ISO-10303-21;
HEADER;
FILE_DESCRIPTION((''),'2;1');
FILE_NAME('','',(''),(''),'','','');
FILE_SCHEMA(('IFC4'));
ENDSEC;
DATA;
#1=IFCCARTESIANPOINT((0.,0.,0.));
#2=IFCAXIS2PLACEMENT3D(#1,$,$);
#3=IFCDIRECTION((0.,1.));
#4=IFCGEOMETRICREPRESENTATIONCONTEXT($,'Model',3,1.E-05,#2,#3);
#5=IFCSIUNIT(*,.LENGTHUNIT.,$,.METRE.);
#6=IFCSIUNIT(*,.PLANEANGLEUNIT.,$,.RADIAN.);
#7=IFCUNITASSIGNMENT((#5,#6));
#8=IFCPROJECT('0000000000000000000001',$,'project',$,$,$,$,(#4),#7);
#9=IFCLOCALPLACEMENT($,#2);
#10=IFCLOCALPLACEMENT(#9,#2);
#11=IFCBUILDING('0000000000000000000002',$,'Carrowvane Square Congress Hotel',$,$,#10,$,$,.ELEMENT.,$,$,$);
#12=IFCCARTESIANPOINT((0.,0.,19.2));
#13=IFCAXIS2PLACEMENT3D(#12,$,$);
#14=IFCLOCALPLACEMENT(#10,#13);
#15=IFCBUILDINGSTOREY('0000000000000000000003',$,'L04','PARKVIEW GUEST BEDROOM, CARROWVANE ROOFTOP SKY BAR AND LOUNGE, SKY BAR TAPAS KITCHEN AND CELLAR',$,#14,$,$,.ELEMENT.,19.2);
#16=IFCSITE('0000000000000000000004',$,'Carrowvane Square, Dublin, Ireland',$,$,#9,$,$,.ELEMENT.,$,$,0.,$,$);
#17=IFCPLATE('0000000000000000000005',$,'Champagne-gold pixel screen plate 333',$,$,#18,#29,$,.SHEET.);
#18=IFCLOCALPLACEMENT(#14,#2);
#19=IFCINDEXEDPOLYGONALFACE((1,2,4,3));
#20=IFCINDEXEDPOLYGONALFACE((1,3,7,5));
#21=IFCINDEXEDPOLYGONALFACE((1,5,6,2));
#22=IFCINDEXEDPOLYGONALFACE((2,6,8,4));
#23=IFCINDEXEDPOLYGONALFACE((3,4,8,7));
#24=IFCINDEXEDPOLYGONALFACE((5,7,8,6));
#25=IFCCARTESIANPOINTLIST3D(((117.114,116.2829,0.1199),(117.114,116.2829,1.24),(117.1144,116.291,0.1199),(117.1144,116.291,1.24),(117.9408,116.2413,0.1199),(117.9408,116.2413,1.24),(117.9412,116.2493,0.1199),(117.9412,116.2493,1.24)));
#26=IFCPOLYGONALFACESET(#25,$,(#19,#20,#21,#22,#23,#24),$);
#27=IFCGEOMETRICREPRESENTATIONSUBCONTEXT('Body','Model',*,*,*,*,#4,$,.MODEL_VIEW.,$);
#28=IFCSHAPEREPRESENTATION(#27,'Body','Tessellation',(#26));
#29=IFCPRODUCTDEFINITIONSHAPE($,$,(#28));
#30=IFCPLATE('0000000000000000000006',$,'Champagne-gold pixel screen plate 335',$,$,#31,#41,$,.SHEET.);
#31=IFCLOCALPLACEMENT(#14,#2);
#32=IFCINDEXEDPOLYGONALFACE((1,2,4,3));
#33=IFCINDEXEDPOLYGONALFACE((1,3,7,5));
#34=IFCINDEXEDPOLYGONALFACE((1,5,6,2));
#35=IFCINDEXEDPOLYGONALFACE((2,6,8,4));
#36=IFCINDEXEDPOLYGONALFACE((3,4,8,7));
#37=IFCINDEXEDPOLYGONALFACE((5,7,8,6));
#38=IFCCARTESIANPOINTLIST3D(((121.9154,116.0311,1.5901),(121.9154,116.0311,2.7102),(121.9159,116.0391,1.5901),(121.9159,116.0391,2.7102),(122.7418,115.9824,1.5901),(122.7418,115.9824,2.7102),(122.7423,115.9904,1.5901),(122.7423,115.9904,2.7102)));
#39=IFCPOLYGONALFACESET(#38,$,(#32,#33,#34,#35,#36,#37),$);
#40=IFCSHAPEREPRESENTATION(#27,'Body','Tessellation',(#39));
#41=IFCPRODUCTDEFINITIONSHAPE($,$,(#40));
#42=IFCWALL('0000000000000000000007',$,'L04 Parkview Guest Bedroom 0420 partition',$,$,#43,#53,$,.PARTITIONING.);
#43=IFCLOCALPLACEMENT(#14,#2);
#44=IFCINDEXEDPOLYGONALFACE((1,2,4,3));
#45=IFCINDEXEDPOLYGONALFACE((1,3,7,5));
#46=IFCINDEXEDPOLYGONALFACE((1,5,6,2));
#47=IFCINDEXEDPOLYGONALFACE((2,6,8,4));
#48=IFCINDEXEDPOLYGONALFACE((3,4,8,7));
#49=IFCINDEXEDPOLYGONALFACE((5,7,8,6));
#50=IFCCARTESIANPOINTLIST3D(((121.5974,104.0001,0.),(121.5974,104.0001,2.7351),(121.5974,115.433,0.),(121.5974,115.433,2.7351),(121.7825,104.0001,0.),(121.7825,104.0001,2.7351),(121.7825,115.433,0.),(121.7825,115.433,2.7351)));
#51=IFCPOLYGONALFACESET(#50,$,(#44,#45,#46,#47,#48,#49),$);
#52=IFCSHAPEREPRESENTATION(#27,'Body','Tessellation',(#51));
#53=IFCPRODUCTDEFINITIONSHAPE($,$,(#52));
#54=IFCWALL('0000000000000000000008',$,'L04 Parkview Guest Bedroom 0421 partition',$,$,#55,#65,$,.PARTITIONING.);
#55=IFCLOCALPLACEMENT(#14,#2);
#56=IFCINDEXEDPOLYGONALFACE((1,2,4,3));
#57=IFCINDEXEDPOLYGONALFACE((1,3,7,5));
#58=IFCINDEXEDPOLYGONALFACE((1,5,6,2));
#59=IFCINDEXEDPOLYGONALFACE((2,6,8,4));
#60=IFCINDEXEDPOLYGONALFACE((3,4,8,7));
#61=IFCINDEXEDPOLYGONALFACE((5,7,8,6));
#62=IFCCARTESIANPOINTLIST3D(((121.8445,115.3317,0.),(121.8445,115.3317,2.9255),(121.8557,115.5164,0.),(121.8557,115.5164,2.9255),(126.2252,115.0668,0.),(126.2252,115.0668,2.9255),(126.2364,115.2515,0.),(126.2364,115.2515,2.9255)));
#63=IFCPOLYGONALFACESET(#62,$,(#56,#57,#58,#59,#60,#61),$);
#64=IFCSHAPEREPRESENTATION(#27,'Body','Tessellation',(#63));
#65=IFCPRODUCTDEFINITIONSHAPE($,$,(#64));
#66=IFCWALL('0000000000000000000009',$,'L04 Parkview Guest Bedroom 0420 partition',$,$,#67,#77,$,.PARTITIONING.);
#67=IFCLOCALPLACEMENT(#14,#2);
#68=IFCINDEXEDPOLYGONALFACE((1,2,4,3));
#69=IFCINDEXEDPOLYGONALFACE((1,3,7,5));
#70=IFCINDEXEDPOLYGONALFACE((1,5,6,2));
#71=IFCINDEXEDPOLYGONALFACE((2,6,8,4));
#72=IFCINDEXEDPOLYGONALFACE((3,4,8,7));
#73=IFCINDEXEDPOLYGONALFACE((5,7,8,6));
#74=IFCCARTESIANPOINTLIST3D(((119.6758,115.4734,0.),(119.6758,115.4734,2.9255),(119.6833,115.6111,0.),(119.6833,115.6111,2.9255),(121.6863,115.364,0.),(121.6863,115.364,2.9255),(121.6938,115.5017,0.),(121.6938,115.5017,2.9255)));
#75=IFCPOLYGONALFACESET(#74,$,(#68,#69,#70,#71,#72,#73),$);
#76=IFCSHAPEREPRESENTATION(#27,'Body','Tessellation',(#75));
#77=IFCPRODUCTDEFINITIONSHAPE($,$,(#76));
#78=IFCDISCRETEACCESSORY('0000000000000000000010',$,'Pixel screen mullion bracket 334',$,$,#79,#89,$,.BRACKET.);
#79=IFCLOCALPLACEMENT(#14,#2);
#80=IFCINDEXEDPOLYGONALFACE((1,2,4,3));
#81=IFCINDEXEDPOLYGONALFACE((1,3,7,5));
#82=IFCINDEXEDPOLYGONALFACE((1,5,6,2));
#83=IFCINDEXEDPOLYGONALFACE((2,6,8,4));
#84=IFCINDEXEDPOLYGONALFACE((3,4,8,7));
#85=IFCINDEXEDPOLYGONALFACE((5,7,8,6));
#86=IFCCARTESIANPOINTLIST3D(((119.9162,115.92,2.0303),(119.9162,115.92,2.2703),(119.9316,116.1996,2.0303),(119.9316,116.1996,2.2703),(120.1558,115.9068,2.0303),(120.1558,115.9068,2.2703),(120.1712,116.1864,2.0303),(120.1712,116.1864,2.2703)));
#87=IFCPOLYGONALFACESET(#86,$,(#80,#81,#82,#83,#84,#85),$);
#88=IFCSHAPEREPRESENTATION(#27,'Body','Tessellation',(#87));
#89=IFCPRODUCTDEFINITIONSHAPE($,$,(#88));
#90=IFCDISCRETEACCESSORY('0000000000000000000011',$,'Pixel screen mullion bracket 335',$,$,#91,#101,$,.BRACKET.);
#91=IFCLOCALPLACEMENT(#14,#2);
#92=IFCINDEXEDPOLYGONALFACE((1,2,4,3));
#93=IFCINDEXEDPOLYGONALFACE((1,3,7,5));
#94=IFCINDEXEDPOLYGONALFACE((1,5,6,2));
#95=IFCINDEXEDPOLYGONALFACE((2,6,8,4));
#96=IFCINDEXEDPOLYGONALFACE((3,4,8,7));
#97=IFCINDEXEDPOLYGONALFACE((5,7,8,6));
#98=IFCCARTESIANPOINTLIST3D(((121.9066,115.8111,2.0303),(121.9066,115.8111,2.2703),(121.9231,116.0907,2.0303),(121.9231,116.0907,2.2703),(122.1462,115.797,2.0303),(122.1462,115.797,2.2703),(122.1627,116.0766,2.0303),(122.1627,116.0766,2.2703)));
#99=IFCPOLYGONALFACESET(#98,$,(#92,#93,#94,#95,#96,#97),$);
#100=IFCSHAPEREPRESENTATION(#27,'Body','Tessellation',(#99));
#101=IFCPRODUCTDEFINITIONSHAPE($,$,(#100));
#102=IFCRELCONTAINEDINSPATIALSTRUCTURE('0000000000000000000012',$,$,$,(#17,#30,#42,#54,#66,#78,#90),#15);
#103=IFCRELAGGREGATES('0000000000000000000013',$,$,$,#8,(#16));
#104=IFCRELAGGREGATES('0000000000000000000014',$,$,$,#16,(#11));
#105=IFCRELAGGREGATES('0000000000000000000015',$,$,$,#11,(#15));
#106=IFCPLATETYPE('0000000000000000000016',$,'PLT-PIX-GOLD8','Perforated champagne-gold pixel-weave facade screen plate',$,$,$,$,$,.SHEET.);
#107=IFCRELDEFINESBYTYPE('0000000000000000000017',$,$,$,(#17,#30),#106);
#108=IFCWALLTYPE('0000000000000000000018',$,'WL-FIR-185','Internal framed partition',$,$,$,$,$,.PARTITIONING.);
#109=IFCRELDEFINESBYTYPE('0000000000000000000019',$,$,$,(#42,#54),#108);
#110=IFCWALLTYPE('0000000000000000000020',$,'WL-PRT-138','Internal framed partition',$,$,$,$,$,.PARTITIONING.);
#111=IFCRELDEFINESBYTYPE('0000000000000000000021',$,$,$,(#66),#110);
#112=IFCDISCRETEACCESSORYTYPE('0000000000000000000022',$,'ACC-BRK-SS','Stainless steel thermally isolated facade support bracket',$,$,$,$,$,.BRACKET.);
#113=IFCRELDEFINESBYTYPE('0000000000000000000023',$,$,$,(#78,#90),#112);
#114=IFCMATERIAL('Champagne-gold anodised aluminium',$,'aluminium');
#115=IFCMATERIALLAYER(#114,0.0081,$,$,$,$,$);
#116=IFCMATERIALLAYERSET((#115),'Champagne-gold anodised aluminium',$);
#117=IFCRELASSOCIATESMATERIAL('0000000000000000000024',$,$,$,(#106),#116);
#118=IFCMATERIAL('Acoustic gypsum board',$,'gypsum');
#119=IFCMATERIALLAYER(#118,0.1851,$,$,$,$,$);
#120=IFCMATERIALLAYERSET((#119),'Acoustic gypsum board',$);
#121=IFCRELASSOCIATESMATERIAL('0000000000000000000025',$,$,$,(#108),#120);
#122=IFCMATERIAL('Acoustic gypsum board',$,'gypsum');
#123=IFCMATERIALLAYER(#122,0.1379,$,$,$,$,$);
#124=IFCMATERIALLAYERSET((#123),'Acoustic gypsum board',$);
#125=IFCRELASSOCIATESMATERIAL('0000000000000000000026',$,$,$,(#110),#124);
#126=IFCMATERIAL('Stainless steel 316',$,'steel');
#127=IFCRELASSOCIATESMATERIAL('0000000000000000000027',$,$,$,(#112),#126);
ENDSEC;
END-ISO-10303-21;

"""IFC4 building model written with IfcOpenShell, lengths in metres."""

from ifc_helpers import new_model, si_unit, direction, frame, frame_2d, origin, origin_2d, place, context, subcontext, project, spatial, rectangle, extrude, material, layer, layer_set, type_object, element, save


model = new_model("IFC4")

# Units and contexts
model_context = context("Model", 3, precision=1e-05, world=origin(), true_north=direction((0.0, 1.0)))
body_context = subcontext(model_context, "Body", "Model", "MODEL_VIEW")
ifc_project = project(units=[si_unit("LENGTHUNIT", "METRE"), si_unit("PLANEANGLEUNIT", "RADIAN")], contexts=[model_context])

# Site, building, storey
site_placement = place(None, origin())
site = spatial("IfcSite", under=ifc_project, at=site_placement, Name="Carrowvane Square, Dublin, Ireland", CompositionType="ELEMENT", RefElevation=0.0)
building_placement = place(site_placement, origin())
building = spatial("IfcBuilding", under=site, at=building_placement, Name="Carrowvane Square Congress Hotel", CompositionType="ELEMENT")
storey_placement = place(building_placement, frame((0.0, 0.0, 19.2)))
storey = spatial("IfcBuildingStorey", under=building, at=storey_placement, Name="L04", Description="PARKVIEW GUEST BEDROOM, CARROWVANE ROOFTOP SKY BAR AND LOUNGE, SKY BAR TAPAS KITCHEN AND CELLAR", CompositionType="ELEMENT", Elevation=19.2)

# Plates
ifc_material_1 = material(Name="Champagne-gold anodised aluminium", Category="aluminium")
ifc_layer_1 = layer(ifc_material_1, 0.0081)
ifc_layer_set_1 = layer_set([ifc_layer_1], Name="Champagne-gold anodised aluminium")
plate_type_1 = type_object("IfcPlateType", Name="PLT-PIX-GOLD8", Description="Perforated champagne-gold pixel-weave facade screen plate", PredefinedType="SHEET", material=ifc_layer_set_1)
for number, where, z_axis, x_axis, name in (
    (1, (117.5276, 116.2661, 0.1199), (0.0, 0.0, 1.0), (0.998733, -0.050322, 0.0), "Champagne-gold pixel screen plate 333"),
    (2, (122.3289, 116.0107, 1.5901), (0.0, 0.0, 1.0), (0.998267, -0.058852, 0.0), "Champagne-gold pixel screen plate 335"),
):
    element("IfcPlate", number, at=place(storey_placement, frame(where, z_axis=z_axis, x_axis=x_axis)), inside=storey, type_object=plate_type_1, Name=name, PredefinedType="SHEET", context=body_context, shape_type="SweptSolid", body=[
        extrude(rectangle(XDim=0.8279, YDim=0.0081, at=origin_2d()), origin(), (0.0, 0.0, 1.0), 1.1201),
    ])

# Walls
ifc_material_2 = material(Name="Acoustic gypsum board", Category="gypsum")
ifc_layer_2 = layer(ifc_material_2, 0.1851)
ifc_layer_set_2 = layer_set([ifc_layer_2], Name="Acoustic gypsum board")
wall_type_1 = type_object("IfcWallType", Name="WL-FIR-185", Description="Internal framed partition", PredefinedType="PARTITIONING", material=ifc_layer_set_2)
wall_1_placement = place(storey_placement, frame((121.6899, 115.4329, 0.0), z_axis=(0.0, 0.0, 1.0), x_axis=(0.0, -1.0, 0.0)))
element("IfcWall", 3, at=wall_1_placement, inside=storey, type_object=wall_type_1, Name="L04 Parkview Guest Bedroom 0420 partition", PredefinedType="PARTITIONING", context=body_context, shape_type="SweptSolid", body=[
    extrude(rectangle(XDim=11.4329, YDim=0.1851, at=frame_2d((5.7163, 0.0))), origin(), (0.0, 0.0, 1.0), 2.7351),
])
wall_2_placement = place(storey_placement, frame((121.8501, 115.4241, 0.0), z_axis=(0.0, 0.0, 1.0), x_axis=(0.998177, -0.060359, 0.0)))
element("IfcWall", 4, at=wall_2_placement, inside=storey, type_object=wall_type_1, Name="L04 Parkview Guest Bedroom 0421 partition", PredefinedType="PARTITIONING", context=body_context, shape_type="SweptSolid", body=[
    extrude(rectangle(XDim=4.3887, YDim=0.1851, at=frame_2d((2.1943, 0.0))), origin(), (0.0, 0.0, 1.0), 2.9255),
])
ifc_material_3 = material(Name="Acoustic gypsum board", Category="gypsum")
ifc_layer_3 = layer(ifc_material_3, 0.1379)
ifc_layer_set_3 = layer_set([ifc_layer_3], Name="Acoustic gypsum board")
wall_type_2 = type_object("IfcWallType", Name="WL-PRT-138", Description="Internal framed partition", PredefinedType="PARTITIONING", material=ifc_layer_set_3)
wall_3_placement = place(storey_placement, frame((119.6794, 115.5422, 0.0), z_axis=(0.0, 0.0, 1.0), x_axis=(0.998523, -0.054322, 0.0)))
element("IfcWall", 5, at=wall_3_placement, inside=storey, type_object=wall_type_2, Name="L04 Parkview Guest Bedroom 0420 partition", PredefinedType="PARTITIONING", context=body_context, shape_type="SweptSolid", body=[
    extrude(rectangle(XDim=2.0134, YDim=0.1379, at=frame_2d((1.0068, 0.0))), origin(), (0.0, 0.0, 1.0), 2.9255),
])

# Discrete accessories
ifc_material_4 = material(Name="Stainless steel 316", Category="steel")
discrete_accessory_type = type_object("IfcDiscreteAccessoryType", Name="ACC-BRK-SS", Description="Stainless steel thermally isolated facade support bracket", PredefinedType="BRACKET", material=ifc_material_4)
for number, where, z_axis, x_axis, name in (
    (6, (120.0437, 116.0532, 2.0303), (0.0, 0.0, 1.0), (0.998497, -0.054815, 0.0), "Pixel screen mullion bracket 334"),
    (7, (122.0347, 115.9438, 2.0303), (0.0, 0.0, 1.0), (0.998267, -0.058852, 0.0), "Pixel screen mullion bracket 335"),
):
    element("IfcDiscreteAccessory", number, at=place(storey_placement, frame(where, z_axis=z_axis, x_axis=x_axis)), inside=storey, type_object=discrete_accessory_type, Name=name, PredefinedType="BRACKET", context=body_context, shape_type="SweptSolid", body=[
        extrude(rectangle(XDim=0.24, YDim=0.28, at=origin_2d()), origin(), (0.0, 0.0, 1.0), 0.24),
    ])

save(model, "model.ifc")
